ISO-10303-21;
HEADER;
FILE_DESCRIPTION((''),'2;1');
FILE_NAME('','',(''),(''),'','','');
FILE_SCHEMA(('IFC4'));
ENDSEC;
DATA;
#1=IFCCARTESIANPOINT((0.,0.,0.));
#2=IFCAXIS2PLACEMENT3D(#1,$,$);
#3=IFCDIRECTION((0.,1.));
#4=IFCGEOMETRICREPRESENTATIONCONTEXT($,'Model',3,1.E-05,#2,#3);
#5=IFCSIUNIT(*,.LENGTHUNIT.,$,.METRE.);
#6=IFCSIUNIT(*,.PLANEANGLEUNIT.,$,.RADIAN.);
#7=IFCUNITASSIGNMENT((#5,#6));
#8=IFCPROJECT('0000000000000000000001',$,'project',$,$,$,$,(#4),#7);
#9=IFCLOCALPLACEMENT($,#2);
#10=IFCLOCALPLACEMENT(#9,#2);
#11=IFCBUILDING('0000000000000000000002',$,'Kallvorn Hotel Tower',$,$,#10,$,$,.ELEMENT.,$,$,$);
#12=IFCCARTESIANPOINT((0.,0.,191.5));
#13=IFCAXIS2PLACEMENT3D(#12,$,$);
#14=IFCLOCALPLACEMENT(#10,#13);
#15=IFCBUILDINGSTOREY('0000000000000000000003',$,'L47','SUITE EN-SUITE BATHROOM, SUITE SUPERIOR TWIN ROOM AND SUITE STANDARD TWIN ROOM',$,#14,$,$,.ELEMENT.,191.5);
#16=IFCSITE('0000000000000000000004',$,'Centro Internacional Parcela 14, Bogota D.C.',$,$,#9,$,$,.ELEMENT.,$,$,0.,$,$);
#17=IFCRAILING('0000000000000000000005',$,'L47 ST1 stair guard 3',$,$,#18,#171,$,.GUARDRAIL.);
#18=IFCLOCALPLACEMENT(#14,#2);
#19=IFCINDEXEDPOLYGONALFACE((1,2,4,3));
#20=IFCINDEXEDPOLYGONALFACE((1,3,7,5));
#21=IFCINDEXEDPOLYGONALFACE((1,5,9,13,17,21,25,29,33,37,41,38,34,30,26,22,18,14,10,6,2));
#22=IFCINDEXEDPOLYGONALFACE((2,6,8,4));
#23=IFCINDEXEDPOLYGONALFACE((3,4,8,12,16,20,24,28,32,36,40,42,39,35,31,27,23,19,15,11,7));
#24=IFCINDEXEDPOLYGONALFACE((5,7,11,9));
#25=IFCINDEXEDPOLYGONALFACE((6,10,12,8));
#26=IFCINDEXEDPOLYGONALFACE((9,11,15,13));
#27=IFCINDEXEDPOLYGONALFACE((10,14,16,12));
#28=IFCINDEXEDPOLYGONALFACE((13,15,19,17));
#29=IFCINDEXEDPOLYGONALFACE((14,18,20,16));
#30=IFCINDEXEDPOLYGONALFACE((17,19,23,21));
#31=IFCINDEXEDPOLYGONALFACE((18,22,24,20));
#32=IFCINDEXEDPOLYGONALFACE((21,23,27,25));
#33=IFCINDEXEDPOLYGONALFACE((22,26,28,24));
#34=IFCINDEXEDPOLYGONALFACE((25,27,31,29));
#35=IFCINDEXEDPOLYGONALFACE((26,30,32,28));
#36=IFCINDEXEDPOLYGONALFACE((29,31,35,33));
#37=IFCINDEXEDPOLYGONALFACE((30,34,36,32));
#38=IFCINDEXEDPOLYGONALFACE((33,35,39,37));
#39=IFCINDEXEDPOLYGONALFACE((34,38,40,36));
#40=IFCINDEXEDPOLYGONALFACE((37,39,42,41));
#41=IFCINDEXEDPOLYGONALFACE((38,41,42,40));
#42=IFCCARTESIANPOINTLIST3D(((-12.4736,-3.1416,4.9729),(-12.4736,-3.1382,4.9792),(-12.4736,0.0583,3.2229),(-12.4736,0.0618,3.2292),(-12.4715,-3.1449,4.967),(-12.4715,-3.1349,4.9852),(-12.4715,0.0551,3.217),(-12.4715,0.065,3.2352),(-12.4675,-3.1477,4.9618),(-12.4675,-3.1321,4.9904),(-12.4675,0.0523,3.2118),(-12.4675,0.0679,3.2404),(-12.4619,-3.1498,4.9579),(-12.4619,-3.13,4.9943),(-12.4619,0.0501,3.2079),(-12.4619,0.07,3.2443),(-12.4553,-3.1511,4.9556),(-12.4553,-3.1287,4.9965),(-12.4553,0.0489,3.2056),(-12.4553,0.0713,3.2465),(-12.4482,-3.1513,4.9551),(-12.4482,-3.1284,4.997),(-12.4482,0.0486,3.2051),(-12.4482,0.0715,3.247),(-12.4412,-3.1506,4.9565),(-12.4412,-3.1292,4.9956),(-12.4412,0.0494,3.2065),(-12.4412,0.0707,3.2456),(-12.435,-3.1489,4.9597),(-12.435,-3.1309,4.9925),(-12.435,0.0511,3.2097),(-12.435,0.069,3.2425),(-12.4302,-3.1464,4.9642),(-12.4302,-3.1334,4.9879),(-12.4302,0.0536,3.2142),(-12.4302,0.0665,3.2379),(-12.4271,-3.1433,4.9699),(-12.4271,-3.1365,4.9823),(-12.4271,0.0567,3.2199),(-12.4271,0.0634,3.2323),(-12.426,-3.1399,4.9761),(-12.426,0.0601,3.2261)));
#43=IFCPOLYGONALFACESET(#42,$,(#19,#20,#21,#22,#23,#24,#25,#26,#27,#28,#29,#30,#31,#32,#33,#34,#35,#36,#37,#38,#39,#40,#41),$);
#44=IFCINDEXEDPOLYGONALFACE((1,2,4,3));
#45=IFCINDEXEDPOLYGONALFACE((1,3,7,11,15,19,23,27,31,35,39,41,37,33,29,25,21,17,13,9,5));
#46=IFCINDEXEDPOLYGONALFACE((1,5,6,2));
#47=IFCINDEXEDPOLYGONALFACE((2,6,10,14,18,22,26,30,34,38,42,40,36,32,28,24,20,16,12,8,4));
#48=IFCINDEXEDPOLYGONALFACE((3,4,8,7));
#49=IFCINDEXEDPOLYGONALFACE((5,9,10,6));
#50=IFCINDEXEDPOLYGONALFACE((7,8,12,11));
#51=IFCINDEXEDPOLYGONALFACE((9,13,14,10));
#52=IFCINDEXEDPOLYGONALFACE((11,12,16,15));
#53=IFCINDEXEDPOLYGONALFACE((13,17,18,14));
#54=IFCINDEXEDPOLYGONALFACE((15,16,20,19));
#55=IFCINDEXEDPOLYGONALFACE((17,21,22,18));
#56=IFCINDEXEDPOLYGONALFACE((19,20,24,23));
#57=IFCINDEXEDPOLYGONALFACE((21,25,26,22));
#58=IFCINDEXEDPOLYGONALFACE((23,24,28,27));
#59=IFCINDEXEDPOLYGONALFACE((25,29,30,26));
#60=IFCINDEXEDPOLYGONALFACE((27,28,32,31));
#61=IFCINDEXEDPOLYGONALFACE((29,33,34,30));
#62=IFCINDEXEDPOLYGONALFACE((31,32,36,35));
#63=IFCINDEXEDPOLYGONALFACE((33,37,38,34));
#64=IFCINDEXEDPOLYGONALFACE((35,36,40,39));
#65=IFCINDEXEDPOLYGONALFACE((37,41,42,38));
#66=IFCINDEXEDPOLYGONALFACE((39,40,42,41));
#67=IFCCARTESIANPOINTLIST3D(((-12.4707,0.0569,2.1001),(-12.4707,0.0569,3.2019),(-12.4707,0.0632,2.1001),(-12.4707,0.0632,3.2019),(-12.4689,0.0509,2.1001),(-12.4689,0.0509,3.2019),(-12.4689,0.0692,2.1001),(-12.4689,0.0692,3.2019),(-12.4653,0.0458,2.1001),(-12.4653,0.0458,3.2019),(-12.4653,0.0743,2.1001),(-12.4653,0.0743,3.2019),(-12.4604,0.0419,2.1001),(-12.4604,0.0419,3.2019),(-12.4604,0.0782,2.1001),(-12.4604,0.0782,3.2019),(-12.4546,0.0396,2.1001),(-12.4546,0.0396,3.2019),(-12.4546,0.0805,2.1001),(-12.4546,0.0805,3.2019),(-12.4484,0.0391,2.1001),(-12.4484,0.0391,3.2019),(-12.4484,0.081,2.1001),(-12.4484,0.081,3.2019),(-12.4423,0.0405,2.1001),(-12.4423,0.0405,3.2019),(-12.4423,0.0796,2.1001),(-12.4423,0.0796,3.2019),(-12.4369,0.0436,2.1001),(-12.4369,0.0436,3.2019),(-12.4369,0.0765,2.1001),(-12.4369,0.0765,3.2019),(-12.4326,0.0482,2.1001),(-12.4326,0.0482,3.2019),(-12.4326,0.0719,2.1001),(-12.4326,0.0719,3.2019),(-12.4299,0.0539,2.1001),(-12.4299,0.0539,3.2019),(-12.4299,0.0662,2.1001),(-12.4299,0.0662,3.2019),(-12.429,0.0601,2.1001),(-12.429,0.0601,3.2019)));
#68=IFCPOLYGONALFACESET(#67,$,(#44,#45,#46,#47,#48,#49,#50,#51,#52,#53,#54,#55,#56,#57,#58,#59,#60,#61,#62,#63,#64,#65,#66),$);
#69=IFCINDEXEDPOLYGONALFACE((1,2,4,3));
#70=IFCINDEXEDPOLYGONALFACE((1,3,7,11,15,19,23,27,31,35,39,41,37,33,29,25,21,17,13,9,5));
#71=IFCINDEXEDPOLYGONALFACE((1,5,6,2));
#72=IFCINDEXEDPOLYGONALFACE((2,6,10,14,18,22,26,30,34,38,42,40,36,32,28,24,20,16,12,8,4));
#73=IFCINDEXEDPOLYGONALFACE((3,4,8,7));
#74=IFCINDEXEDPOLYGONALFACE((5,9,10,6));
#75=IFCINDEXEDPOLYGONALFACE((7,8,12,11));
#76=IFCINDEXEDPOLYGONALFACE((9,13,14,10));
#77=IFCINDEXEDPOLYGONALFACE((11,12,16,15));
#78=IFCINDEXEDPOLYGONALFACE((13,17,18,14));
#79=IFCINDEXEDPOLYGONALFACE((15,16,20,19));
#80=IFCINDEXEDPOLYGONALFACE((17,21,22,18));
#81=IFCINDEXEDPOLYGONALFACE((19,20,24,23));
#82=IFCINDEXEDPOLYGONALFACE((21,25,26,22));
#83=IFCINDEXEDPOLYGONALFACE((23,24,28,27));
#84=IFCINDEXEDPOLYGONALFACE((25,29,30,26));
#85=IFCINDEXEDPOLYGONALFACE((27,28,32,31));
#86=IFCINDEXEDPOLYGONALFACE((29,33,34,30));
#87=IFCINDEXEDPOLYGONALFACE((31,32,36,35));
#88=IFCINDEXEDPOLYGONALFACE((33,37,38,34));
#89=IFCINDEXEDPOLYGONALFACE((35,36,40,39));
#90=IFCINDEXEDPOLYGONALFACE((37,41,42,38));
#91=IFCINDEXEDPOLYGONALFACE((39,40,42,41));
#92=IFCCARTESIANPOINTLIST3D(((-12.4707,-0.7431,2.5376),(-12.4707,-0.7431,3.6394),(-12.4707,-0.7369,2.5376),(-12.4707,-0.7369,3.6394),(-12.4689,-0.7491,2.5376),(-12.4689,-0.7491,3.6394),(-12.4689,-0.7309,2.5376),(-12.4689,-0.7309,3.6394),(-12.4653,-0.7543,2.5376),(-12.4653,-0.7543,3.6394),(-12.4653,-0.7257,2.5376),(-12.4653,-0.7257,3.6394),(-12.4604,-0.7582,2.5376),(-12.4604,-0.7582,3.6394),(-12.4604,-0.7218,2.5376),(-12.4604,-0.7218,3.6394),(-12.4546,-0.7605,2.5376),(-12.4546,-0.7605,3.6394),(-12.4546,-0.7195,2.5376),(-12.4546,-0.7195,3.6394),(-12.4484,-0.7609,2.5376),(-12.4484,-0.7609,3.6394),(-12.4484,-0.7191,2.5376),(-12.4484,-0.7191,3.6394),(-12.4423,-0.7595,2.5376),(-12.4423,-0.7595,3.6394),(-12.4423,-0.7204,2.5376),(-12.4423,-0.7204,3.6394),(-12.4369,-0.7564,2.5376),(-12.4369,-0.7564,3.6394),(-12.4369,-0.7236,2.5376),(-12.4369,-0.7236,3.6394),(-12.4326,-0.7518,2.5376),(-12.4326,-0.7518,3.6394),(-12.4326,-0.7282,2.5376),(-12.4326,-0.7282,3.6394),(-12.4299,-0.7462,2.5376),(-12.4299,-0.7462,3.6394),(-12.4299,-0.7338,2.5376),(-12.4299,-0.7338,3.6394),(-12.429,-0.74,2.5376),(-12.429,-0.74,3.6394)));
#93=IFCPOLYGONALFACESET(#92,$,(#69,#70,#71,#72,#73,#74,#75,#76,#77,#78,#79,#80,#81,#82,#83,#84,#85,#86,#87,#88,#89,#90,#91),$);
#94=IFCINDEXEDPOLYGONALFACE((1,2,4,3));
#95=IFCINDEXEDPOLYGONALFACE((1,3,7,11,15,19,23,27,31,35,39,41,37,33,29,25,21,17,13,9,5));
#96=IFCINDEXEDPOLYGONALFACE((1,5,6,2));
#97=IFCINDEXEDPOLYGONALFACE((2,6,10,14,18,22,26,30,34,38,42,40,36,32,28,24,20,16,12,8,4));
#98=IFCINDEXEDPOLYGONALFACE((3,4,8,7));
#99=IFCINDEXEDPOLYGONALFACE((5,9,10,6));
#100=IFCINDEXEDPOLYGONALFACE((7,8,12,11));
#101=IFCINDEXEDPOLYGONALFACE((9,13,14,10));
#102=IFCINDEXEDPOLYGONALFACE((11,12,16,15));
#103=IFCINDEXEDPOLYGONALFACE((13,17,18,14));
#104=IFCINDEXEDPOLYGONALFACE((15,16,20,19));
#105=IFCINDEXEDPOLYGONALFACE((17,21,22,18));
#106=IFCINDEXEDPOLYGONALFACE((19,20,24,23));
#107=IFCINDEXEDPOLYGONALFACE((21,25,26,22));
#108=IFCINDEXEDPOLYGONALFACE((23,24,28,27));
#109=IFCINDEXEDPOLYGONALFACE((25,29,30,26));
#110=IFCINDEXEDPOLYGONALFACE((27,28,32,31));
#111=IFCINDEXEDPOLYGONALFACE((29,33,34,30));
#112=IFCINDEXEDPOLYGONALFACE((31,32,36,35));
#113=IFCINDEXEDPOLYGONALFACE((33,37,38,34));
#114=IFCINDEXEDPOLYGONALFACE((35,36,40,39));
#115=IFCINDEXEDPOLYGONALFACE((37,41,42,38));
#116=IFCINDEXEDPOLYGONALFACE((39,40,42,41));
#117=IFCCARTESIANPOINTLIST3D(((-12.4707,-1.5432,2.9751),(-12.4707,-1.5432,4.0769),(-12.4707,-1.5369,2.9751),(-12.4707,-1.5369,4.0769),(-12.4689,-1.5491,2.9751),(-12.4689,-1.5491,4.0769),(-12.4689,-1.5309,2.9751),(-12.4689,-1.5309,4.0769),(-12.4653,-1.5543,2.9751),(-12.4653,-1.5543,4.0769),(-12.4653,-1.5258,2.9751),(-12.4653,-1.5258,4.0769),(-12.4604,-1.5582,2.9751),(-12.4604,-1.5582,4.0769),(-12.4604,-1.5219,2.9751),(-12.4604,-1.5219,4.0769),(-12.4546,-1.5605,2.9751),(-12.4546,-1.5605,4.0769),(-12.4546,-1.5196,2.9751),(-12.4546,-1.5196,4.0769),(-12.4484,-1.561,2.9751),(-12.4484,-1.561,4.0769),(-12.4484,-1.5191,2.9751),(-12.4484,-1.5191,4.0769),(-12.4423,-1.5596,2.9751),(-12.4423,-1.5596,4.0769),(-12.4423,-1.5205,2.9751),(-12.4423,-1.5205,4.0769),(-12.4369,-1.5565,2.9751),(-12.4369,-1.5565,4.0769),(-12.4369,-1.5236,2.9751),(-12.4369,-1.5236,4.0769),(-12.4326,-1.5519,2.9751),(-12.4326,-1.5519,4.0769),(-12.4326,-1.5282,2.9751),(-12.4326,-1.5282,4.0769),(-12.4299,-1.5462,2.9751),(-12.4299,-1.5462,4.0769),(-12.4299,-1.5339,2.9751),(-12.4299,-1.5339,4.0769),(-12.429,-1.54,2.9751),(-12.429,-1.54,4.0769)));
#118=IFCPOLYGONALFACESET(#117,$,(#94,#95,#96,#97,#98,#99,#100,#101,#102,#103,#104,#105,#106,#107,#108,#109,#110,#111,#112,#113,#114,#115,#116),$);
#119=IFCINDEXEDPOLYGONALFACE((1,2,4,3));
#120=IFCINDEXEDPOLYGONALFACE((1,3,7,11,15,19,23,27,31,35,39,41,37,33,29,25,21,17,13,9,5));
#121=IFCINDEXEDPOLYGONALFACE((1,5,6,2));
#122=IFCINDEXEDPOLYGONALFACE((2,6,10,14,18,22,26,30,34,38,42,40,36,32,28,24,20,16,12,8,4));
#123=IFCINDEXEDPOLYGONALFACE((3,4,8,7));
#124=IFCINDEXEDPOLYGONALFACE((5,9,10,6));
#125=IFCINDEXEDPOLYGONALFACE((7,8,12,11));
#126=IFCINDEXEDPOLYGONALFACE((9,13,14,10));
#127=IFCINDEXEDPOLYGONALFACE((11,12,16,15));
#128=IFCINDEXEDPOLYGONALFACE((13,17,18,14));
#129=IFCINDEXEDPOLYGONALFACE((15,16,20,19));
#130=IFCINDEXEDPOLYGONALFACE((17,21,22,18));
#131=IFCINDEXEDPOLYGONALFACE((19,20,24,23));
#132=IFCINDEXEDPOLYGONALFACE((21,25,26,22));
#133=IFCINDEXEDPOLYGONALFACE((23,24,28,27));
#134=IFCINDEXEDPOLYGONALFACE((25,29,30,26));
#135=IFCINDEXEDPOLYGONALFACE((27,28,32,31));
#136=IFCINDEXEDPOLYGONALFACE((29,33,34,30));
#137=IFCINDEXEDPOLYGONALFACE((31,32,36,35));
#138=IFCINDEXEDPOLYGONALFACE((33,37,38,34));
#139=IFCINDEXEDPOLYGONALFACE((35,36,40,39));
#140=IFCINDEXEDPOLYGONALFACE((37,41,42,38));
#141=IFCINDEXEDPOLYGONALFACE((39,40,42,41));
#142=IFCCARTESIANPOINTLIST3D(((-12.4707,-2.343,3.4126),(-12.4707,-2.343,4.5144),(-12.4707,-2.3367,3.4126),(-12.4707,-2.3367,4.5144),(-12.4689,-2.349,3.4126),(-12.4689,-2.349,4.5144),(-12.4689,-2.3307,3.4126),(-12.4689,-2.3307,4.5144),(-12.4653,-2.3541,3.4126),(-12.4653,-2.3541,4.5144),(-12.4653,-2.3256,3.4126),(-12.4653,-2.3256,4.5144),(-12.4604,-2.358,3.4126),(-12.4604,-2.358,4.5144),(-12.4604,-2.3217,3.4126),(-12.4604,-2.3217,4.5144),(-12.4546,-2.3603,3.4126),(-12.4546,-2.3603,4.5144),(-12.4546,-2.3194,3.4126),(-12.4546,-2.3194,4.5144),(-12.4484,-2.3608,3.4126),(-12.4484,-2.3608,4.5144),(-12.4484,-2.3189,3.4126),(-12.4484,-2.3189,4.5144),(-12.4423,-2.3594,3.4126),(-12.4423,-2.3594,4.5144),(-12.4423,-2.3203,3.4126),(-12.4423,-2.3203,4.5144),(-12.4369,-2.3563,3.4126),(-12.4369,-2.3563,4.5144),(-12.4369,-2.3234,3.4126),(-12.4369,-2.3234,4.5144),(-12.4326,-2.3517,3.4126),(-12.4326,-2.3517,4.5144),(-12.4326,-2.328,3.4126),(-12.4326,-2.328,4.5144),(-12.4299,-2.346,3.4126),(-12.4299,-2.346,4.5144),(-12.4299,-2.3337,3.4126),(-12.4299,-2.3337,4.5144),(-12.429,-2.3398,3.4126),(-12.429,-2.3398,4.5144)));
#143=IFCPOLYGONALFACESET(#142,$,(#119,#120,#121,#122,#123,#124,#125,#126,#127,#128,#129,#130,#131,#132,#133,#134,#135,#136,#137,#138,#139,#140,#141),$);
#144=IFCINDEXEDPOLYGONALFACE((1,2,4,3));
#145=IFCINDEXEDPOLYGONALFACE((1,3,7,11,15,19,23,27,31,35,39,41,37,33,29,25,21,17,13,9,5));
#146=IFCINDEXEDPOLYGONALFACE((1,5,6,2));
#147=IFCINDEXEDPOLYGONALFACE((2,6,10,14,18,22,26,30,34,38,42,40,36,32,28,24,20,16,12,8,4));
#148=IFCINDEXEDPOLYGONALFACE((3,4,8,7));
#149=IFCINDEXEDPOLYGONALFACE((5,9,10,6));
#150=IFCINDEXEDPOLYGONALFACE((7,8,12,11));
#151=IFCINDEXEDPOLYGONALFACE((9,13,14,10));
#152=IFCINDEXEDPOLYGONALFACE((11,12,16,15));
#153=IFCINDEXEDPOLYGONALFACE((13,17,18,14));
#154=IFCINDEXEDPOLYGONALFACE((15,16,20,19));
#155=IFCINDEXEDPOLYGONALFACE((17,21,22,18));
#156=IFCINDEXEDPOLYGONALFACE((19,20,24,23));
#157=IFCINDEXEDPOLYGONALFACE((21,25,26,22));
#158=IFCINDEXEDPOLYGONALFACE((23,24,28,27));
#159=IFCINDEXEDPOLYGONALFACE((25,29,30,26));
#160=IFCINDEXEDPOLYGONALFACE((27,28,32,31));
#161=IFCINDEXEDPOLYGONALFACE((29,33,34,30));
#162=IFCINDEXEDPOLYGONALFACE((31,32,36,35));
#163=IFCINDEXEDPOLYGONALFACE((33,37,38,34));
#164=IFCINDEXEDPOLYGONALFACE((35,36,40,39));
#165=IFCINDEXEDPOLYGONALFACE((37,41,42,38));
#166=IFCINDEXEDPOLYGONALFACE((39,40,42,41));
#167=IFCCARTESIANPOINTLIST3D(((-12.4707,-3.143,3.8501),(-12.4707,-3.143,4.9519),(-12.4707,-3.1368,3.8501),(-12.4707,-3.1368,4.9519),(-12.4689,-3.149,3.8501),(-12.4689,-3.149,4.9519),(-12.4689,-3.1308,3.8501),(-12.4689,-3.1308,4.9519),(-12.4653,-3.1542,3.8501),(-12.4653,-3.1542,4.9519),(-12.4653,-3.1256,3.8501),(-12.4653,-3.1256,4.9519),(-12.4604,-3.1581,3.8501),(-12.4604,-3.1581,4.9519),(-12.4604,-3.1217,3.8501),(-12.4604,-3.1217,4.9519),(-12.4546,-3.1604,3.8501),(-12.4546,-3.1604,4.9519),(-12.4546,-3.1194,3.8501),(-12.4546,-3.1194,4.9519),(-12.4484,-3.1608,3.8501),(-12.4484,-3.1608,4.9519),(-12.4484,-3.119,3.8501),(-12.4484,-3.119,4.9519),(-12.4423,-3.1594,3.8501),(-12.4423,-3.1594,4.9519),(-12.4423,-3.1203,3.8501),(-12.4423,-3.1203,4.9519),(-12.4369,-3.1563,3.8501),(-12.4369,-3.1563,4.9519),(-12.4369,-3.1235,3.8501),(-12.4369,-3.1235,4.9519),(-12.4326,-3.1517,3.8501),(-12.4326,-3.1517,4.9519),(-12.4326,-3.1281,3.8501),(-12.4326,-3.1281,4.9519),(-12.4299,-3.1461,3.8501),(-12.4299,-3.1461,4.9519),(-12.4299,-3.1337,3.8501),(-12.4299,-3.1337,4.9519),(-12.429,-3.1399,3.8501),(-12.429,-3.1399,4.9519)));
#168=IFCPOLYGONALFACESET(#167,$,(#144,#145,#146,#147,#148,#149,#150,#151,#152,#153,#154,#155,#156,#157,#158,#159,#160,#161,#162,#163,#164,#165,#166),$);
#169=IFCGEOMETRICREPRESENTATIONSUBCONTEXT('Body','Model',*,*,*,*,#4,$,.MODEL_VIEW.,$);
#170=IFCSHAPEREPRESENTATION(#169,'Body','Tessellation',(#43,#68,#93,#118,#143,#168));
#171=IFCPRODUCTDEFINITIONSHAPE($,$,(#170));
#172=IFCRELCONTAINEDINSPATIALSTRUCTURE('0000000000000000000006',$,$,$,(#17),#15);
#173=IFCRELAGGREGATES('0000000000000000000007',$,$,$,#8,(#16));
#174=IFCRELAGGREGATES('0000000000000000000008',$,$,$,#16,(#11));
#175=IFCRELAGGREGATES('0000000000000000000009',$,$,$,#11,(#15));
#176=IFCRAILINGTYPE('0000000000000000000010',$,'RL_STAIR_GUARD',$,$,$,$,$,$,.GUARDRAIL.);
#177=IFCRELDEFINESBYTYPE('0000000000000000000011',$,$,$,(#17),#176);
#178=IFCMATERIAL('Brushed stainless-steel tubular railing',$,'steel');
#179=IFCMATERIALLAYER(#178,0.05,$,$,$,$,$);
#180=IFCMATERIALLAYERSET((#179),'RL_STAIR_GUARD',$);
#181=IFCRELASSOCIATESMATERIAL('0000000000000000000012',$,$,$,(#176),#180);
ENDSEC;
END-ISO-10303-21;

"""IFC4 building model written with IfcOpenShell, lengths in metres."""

from ifc_helpers import new_model, si_unit, direction, frame, origin, origin_2d, place, context, subcontext, project, spatial, circle, extrude, material, layer, layer_set, type_object, element, save


model = new_model("IFC4")

# Units and contexts
model_context = context("Model", 3, precision=1e-05, world=origin(), true_north=direction((0.0, 1.0)))
body_context = subcontext(model_context, "Body", "Model", "MODEL_VIEW")
ifc_project = project(units=[si_unit("LENGTHUNIT", "METRE"), si_unit("PLANEANGLEUNIT", "RADIAN")], contexts=[model_context])

# Site, building, storey
site_placement = place(None, origin())
site = spatial("IfcSite", under=ifc_project, at=site_placement, Name="Centro Internacional Parcela 14, Bogota D.C.", CompositionType="ELEMENT", RefElevation=0.0)
building_placement = place(site_placement, origin())
building = spatial("IfcBuilding", under=site, at=building_placement, Name="Kallvorn Hotel Tower", CompositionType="ELEMENT")
storey_placement = place(building_placement, frame((0.0, 0.0, 191.5)))
storey = spatial("IfcBuildingStorey", under=building, at=storey_placement, Name="L47", Description="SUITE EN-SUITE BATHROOM, SUITE SUPERIOR TWIN ROOM AND SUITE STANDARD TWIN ROOM", CompositionType="ELEMENT", Elevation=191.5)

# Railing
ifc_material_1 = material(Name="Brushed stainless-steel tubular railing", Category="steel")
ifc_layer_1 = layer(ifc_material_1, 0.05)
ifc_layer_set_1 = layer_set([ifc_layer_1], Name="RL_STAIR_GUARD")
railing_type_1 = type_object("IfcRailingType", Name="RL_STAIR_GUARD", PredefinedType="GUARDRAIL", material=ifc_layer_set_1)
railing_1_placement = place(storey_placement, frame((-12.45, 0.0601, 2.1001)))
element("IfcRailing", 1, at=railing_1_placement, inside=storey, type_object=railing_type_1, Name="L47 ST1 stair guard 3", PredefinedType="GUARDRAIL", context=body_context, shape_type="SweptSolid", body=[
    extrude(circle(Radius=0.0239, at=origin_2d()), frame((0.0, 0.0, 1.126), z_axis=(0.0, -0.877368, 0.479818), x_axis=(1.0, 0.0, 0.0)), (0.0, 0.0, 1.0), 3.6472),
    extrude(circle(Radius=0.021, at=origin_2d()), origin(), (0.0, 0.0, 1.0), 1.1018),
    extrude(circle(Radius=0.021, at=origin_2d()), frame((0.0, -0.8, 0.4375)), (0.0, 0.0, 1.0), 1.1018),
    extrude(circle(Radius=0.021, at=origin_2d()), frame((0.0, -1.6001, 0.875)), (0.0, 0.0, 1.0), 1.1018),
    extrude(circle(Radius=0.021, at=origin_2d()), frame((0.0, -2.3999, 1.3125)), (0.0, 0.0, 1.0), 1.1018),
    extrude(circle(Radius=0.021, at=origin_2d()), frame((0.0, -3.2, 1.75)), (0.0, 0.0, 1.0), 1.1018),
])

save(model, "model.ifc")
